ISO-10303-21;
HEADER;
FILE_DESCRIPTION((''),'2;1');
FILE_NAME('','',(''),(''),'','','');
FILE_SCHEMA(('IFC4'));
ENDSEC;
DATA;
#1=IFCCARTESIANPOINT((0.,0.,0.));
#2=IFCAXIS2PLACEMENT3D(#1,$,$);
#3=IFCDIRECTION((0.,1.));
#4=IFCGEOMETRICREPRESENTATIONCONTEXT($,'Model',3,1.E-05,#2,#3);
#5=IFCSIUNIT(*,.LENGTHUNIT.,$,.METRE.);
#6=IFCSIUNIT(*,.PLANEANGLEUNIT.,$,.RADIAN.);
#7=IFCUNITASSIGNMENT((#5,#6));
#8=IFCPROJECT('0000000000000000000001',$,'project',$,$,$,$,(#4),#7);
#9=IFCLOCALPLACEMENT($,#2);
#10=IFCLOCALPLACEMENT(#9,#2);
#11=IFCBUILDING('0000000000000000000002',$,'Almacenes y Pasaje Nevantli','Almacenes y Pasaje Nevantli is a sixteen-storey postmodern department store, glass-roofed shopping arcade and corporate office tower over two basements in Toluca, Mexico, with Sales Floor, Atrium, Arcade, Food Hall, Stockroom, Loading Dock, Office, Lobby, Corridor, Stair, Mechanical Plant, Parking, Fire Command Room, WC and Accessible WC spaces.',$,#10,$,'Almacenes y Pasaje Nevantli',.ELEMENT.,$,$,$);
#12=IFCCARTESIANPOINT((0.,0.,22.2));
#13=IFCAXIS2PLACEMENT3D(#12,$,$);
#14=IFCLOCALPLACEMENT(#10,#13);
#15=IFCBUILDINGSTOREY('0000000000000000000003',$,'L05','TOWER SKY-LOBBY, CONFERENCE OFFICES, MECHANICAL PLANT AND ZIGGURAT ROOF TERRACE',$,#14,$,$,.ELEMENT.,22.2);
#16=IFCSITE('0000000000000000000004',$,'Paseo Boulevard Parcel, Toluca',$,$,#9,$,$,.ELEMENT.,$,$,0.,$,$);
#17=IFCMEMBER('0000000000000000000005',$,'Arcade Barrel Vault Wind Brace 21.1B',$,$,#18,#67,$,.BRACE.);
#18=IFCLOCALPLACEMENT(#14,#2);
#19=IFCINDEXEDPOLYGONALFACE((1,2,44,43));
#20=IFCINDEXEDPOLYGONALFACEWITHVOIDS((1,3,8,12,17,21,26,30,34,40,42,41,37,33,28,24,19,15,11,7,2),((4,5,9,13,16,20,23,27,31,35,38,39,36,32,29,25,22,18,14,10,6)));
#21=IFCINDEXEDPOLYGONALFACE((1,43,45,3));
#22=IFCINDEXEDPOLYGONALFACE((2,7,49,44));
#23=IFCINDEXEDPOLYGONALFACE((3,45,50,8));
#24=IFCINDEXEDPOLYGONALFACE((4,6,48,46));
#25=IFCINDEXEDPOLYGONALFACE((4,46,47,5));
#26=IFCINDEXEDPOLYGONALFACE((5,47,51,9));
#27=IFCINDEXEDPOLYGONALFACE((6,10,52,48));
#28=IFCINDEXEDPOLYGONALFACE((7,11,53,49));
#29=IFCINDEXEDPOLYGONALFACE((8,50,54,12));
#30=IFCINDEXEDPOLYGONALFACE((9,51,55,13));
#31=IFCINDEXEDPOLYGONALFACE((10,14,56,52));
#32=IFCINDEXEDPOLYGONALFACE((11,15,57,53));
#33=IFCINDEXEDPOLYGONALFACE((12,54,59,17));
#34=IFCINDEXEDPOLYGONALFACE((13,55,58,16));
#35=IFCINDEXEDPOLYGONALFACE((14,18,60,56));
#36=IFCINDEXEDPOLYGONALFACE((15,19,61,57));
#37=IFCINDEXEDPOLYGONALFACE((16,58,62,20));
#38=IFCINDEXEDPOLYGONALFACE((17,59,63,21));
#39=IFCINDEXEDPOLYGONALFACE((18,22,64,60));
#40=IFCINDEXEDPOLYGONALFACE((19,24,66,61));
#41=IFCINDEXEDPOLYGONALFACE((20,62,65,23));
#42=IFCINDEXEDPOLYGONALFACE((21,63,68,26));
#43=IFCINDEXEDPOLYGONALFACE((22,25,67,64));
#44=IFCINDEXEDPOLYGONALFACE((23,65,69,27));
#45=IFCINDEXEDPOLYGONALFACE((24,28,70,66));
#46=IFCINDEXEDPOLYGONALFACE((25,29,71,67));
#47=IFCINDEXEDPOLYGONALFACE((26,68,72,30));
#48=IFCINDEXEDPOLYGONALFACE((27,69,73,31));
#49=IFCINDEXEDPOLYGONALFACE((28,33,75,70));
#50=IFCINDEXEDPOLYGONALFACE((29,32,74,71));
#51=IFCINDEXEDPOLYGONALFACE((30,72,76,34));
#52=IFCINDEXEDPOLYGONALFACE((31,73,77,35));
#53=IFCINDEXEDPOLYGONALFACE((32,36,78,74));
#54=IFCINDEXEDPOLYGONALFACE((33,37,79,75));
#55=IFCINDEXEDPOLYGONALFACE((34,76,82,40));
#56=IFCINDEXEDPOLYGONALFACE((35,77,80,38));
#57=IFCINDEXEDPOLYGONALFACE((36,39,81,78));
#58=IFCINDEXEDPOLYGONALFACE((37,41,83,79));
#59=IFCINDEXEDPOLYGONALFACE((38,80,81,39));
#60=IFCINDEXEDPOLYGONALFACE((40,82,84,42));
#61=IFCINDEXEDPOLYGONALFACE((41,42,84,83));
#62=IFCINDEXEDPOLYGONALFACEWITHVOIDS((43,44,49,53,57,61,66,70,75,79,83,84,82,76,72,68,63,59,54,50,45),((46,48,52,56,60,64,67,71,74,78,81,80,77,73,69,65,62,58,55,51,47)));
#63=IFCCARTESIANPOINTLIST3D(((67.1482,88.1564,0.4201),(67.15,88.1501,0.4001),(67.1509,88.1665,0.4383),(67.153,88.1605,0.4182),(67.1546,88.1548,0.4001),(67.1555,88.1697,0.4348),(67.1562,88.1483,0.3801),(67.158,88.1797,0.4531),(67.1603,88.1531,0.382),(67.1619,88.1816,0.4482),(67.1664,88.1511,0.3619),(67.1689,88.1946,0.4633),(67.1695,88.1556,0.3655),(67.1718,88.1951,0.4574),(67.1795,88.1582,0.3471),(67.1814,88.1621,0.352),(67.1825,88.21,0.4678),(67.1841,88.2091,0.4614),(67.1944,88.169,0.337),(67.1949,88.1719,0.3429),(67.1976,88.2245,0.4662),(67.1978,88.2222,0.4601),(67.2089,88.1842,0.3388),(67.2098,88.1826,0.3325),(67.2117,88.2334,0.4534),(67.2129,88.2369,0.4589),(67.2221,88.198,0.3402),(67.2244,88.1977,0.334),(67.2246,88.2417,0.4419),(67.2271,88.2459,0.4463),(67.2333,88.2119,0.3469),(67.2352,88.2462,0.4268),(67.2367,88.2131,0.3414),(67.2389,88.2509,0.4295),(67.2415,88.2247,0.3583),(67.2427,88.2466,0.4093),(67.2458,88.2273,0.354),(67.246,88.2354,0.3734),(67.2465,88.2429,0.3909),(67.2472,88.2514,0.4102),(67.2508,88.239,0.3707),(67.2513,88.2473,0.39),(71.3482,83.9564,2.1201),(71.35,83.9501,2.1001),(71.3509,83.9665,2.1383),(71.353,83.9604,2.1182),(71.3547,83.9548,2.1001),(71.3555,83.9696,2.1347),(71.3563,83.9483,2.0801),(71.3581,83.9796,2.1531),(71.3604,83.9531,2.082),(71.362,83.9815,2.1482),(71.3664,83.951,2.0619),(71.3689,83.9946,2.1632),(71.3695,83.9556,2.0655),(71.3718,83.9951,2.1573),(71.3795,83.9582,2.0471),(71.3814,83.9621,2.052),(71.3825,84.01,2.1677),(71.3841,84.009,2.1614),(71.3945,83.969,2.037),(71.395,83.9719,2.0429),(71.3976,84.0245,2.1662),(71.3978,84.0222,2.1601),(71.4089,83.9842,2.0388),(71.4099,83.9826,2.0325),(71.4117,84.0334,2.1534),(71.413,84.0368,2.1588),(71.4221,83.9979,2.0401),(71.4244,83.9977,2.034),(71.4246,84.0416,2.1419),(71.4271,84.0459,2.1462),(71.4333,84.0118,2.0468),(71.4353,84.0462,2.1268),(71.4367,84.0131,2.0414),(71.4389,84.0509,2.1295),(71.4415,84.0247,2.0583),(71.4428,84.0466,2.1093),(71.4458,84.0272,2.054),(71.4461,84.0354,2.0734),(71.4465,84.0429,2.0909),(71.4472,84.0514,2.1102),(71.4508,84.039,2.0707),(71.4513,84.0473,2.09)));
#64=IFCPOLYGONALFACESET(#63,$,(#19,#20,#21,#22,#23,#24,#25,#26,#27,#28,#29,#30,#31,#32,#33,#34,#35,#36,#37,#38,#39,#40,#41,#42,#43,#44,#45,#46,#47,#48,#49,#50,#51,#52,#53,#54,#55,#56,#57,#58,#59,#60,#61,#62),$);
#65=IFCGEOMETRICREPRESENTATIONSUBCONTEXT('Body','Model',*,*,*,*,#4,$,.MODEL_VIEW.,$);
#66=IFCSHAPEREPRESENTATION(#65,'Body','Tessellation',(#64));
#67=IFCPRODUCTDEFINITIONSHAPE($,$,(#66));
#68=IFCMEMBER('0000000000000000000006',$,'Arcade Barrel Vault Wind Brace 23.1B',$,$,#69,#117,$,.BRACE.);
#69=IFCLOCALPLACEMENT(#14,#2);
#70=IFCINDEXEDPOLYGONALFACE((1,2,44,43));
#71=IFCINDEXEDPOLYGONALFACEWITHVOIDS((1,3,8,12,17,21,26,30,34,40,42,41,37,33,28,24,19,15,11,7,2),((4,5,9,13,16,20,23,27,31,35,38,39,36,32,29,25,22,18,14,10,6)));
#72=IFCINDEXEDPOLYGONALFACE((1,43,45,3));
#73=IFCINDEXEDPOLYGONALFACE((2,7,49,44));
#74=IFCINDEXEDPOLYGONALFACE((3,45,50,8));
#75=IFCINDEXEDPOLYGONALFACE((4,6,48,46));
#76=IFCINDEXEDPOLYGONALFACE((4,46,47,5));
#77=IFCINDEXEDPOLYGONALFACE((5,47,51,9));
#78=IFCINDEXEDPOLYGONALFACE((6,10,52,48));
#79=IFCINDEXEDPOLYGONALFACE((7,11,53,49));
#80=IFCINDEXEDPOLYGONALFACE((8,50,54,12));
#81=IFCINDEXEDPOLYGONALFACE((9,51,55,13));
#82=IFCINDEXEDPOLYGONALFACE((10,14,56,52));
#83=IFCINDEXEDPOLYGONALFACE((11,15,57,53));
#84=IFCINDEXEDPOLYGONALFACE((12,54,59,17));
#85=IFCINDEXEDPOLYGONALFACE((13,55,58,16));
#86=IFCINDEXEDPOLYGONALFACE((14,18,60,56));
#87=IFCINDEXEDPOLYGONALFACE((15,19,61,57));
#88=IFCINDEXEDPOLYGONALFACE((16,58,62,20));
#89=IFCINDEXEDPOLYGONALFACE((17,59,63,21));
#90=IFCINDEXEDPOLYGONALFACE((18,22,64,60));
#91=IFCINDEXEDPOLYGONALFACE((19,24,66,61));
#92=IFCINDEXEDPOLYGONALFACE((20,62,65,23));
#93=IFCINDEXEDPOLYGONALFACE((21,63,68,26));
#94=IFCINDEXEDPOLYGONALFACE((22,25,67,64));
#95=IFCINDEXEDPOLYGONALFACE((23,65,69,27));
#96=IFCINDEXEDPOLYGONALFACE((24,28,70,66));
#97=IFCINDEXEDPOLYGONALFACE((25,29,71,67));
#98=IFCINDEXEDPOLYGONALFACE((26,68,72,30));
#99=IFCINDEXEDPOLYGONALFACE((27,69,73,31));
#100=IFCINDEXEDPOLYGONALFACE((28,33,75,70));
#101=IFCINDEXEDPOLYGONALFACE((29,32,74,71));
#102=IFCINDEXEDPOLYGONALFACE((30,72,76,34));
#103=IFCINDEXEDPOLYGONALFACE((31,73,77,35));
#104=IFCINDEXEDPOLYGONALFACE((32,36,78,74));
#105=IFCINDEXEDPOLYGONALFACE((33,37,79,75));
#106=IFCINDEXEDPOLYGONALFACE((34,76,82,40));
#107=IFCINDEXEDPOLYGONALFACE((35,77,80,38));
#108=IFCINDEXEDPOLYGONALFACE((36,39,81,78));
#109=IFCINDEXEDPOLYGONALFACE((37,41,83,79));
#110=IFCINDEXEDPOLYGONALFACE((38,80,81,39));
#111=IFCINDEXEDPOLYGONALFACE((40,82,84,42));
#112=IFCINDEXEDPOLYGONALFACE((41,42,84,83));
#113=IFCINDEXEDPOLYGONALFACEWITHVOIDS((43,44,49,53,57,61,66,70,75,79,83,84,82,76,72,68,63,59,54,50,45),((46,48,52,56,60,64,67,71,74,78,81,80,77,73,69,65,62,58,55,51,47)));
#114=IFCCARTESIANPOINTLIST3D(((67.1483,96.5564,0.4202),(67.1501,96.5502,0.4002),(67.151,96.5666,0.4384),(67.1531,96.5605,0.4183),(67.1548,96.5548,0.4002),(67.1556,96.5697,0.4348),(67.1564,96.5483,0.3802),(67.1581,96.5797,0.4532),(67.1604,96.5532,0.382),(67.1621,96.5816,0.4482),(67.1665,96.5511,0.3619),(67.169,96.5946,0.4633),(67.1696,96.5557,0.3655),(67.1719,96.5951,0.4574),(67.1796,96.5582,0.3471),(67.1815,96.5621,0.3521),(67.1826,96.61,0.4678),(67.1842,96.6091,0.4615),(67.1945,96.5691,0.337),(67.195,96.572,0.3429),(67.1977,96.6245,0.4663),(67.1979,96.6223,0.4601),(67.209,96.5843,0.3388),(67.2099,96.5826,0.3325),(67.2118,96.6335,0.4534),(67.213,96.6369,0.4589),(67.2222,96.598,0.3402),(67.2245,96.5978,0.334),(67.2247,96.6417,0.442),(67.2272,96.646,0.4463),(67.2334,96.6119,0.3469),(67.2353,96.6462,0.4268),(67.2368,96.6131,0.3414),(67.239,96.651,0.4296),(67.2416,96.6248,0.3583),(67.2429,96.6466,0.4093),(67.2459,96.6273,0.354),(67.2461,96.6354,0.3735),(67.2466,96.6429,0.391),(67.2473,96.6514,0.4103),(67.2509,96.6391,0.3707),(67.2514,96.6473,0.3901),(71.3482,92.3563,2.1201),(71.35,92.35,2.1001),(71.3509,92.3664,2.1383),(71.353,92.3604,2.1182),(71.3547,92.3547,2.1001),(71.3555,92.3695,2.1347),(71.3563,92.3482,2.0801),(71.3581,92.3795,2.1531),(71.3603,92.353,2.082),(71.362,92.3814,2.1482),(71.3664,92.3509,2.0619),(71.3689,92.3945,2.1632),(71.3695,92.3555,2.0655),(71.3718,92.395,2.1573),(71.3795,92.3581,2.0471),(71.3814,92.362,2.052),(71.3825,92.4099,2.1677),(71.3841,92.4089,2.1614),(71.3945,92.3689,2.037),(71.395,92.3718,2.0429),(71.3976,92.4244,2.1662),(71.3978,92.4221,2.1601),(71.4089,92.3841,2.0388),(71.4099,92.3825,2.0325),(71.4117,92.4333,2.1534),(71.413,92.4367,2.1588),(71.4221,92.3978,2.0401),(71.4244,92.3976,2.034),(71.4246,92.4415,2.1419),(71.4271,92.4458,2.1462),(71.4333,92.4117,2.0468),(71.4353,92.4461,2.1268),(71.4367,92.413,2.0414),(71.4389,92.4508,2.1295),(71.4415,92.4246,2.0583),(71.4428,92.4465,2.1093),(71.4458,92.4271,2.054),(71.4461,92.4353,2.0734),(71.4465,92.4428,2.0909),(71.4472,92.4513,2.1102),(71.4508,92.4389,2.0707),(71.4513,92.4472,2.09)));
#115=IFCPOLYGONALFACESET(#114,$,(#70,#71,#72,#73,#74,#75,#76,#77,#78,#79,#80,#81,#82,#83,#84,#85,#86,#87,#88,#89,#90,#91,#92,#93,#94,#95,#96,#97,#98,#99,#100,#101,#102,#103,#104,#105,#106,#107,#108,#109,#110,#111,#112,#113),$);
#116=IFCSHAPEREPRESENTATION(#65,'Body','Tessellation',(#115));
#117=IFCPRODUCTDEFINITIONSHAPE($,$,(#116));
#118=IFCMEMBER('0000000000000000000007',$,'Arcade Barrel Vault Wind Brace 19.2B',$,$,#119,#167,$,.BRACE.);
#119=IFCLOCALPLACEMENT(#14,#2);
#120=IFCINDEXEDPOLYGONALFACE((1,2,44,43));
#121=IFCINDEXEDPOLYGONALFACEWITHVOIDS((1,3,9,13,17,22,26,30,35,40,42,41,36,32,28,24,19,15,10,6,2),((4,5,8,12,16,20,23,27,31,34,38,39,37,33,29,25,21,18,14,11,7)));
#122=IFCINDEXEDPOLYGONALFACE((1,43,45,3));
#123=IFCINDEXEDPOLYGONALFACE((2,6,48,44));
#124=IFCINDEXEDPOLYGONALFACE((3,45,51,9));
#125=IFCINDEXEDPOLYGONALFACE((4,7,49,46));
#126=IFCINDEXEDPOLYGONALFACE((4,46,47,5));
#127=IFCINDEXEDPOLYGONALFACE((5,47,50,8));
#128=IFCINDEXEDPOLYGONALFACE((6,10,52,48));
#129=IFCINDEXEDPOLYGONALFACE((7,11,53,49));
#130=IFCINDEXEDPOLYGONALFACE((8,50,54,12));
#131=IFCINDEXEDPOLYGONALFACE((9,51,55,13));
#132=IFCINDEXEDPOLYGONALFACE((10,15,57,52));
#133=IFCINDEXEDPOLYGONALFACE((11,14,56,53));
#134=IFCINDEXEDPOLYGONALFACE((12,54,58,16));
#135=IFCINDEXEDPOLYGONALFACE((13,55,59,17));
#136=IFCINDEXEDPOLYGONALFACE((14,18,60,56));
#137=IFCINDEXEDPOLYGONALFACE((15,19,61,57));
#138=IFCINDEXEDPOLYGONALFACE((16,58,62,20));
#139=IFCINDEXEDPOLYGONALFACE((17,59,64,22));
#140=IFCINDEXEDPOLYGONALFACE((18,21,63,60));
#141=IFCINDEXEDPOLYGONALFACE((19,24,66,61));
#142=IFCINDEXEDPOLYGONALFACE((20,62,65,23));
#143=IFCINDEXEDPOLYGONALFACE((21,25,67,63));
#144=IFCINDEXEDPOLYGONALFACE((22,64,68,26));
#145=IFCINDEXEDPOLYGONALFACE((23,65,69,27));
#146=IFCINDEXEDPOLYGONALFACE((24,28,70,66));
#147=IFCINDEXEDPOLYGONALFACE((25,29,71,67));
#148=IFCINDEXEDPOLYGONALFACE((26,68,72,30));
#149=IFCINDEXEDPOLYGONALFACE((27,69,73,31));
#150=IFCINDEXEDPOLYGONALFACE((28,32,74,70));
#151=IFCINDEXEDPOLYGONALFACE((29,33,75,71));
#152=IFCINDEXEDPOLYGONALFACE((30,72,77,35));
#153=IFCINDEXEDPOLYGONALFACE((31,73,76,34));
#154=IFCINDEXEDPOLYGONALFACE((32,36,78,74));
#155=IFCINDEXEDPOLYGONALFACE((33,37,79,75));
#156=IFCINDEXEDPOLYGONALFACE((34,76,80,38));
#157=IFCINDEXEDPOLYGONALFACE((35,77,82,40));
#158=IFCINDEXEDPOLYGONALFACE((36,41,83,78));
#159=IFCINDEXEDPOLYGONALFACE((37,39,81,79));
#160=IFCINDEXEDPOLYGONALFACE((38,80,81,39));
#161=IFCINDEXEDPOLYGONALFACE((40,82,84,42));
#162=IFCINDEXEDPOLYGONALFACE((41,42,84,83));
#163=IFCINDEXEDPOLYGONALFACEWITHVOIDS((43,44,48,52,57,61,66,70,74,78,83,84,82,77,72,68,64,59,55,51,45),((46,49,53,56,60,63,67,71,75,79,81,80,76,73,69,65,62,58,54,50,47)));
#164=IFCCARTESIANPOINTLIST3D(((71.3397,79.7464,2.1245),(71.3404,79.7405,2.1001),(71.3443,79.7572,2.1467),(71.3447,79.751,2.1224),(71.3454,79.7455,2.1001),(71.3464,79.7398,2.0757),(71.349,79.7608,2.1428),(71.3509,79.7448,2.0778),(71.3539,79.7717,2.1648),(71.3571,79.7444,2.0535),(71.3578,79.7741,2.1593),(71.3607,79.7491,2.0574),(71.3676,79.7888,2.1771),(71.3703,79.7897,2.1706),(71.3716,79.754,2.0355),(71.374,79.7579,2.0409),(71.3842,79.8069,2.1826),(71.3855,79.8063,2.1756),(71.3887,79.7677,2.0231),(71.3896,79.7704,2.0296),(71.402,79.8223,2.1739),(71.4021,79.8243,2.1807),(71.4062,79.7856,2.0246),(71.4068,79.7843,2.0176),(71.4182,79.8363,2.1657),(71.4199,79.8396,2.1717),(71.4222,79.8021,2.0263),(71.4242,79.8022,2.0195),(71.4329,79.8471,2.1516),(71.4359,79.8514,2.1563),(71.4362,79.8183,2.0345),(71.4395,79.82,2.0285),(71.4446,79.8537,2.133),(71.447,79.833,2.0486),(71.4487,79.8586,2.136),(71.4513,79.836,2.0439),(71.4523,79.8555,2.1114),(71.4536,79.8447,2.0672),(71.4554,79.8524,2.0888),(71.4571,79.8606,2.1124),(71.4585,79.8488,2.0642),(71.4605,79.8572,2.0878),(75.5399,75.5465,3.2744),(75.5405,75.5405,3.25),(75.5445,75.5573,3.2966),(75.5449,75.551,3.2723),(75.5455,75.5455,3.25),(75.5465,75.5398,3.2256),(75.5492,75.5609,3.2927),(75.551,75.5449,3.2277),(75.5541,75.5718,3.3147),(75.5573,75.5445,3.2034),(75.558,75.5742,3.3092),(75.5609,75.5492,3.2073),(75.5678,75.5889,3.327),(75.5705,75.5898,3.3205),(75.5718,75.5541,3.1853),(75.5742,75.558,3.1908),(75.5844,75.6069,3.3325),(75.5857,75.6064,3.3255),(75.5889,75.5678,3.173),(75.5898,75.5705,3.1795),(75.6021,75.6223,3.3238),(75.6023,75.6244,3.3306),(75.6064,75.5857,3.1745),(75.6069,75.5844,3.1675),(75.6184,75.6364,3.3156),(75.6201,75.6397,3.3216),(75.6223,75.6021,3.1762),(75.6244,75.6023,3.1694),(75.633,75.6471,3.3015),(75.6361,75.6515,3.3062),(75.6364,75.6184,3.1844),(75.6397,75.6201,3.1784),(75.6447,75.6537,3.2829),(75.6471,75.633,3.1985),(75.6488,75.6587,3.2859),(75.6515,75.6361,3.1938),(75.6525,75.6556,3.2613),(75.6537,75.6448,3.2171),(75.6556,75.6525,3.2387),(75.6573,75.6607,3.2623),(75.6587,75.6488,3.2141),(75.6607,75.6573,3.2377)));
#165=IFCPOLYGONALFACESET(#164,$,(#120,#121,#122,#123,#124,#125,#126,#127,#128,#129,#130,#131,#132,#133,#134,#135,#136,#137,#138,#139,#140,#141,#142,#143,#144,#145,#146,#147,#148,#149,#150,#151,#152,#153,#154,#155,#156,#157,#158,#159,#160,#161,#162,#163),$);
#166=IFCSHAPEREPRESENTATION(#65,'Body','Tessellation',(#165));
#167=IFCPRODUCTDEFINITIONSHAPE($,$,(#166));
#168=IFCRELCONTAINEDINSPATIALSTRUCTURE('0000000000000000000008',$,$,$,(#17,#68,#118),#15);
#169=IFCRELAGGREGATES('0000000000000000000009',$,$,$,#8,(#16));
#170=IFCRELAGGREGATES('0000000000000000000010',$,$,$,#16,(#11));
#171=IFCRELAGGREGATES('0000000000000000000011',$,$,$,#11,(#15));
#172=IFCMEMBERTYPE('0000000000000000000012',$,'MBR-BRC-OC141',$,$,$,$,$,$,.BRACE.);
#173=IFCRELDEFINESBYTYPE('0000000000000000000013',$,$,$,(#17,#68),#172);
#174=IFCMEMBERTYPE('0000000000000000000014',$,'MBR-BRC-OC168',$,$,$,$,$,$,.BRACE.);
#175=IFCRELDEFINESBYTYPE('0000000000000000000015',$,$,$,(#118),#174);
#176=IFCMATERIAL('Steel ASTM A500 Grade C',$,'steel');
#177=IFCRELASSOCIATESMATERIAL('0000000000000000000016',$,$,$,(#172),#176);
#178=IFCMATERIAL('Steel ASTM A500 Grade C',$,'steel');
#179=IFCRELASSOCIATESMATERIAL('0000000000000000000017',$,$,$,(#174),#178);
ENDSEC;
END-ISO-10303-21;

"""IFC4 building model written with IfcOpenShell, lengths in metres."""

from ifc_helpers import new_model, si_unit, direction, frame, origin, origin_2d, place, context, subcontext, project, spatial, hollow_circle, extrude, material, material_profile, profile_set, type_object, element, save


model = new_model("IFC4")

# Units and contexts
model_context = context("Model", 3, precision=1e-05, world=origin(), true_north=direction((0.0, 1.0)))
body_context = subcontext(model_context, "Body", "Model", "MODEL_VIEW")
ifc_project = project(units=[si_unit("LENGTHUNIT", "METRE"), si_unit("PLANEANGLEUNIT", "RADIAN")], contexts=[model_context])

# Site, building, storey
site_placement = place(None, origin())
site = spatial("IfcSite", under=ifc_project, at=site_placement, Name="Paseo Boulevard Parcel, Toluca", CompositionType="ELEMENT", RefElevation=0.0)
building_placement = place(site_placement, origin())
building = spatial("IfcBuilding", under=site, at=building_placement, Name="Almacenes y Pasaje Nevantli", Description="Almacenes y Pasaje Nevantli is a sixteen-storey postmodern department store, glass-roofed shopping arcade and corporate office tower over two basements in Toluca, Mexico, with Sales Floor, Atrium, Arcade, Food Hall, Stockroom, Loading Dock, Office, Lobby, Corridor, Stair, Mechanical Plant, Parking, Fire Command Room, WC and Accessible WC spaces.", LongName="Almacenes y Pasaje Nevantli", CompositionType="ELEMENT")
storey_placement = place(building_placement, frame((0.0, 0.0, 22.2)))
storey = spatial("IfcBuildingStorey", under=building, at=storey_placement, Name="L05", Description="TOWER SKY-LOBBY, CONFERENCE OFFICES, MECHANICAL PLANT AND ZIGGURAT ROOF TERRACE", CompositionType="ELEMENT", Elevation=22.2)

# Members
ifc_material_1 = material(Name="Steel ASTM A500 Grade C", Category="steel")
ifc_material_profile_1 = material_profile(ifc_material_1, hollow_circle(Radius=0.0706, WallThickness=0.0066, at=origin_2d()), Name="OC 141x6.6")
ifc_profile_set_1 = profile_set([ifc_material_profile_1], Name="Steel ASTM A500 Grade C")
member_type_1 = type_object("IfcMemberType", Name="MBR-BRC-OC141", PredefinedType="BRACE", material=ifc_profile_set_1)
for number, where, z_axis, x_axis, name in (
    (1, (71.3999, 84.0, 2.1001), (-0.679812, 0.679812, -0.275157), (-0.707107, -0.707107, 0.0), "Arcade Barrel Vault Wind Brace 21.1B"),
    (2, (71.3999, 92.3999, 2.1001), (-0.679794, 0.679833, -0.27515), (-0.707127, -0.707086, 0.0), "Arcade Barrel Vault Wind Brace 23.1B"),
):
    element("IfcMember", number, at=place(storey_placement, frame(where, z_axis=z_axis, x_axis=x_axis)), inside=storey, type_object=member_type_1, Name=name, PredefinedType="BRACE", context=body_context, shape_type="SweptSolid", body=[
        extrude(hollow_circle(Radius=0.0706, WallThickness=0.0066, at=origin_2d()), origin(), (0.0, 0.0, 1.0), 6.1782),
    ])
ifc_material_2 = material(Name="Steel ASTM A500 Grade C", Category="steel")
ifc_material_profile_2 = material_profile(ifc_material_2, hollow_circle(Radius=0.0842, WallThickness=0.0071, at=origin_2d()), Name="OC 168x7.1")
ifc_profile_set_2 = profile_set([ifc_material_profile_2], Name="Steel ASTM A500 Grade C")
member_type_2 = type_object("IfcMemberType", Name="MBR-BRC-OC168", PredefinedType="BRACE", material=ifc_profile_set_2)
for number, where, z_axis, x_axis, name in (
    (3, (75.6001, 75.6001, 3.25), (-0.694238, 0.694197, -0.190064), (-0.707086, -0.707127, 0.0), "Arcade Barrel Vault Wind Brace 19.2B"),
):
    element("IfcMember", number, at=place(storey_placement, frame(where, z_axis=z_axis, x_axis=x_axis)), inside=storey, type_object=member_type_2, Name=name, PredefinedType="BRACE", context=body_context, shape_type="SweptSolid", body=[
        extrude(hollow_circle(Radius=0.0842, WallThickness=0.0071, at=origin_2d()), origin(), (0.0, 0.0, 1.0), 6.05),
    ])

save(model, "model.ifc")
